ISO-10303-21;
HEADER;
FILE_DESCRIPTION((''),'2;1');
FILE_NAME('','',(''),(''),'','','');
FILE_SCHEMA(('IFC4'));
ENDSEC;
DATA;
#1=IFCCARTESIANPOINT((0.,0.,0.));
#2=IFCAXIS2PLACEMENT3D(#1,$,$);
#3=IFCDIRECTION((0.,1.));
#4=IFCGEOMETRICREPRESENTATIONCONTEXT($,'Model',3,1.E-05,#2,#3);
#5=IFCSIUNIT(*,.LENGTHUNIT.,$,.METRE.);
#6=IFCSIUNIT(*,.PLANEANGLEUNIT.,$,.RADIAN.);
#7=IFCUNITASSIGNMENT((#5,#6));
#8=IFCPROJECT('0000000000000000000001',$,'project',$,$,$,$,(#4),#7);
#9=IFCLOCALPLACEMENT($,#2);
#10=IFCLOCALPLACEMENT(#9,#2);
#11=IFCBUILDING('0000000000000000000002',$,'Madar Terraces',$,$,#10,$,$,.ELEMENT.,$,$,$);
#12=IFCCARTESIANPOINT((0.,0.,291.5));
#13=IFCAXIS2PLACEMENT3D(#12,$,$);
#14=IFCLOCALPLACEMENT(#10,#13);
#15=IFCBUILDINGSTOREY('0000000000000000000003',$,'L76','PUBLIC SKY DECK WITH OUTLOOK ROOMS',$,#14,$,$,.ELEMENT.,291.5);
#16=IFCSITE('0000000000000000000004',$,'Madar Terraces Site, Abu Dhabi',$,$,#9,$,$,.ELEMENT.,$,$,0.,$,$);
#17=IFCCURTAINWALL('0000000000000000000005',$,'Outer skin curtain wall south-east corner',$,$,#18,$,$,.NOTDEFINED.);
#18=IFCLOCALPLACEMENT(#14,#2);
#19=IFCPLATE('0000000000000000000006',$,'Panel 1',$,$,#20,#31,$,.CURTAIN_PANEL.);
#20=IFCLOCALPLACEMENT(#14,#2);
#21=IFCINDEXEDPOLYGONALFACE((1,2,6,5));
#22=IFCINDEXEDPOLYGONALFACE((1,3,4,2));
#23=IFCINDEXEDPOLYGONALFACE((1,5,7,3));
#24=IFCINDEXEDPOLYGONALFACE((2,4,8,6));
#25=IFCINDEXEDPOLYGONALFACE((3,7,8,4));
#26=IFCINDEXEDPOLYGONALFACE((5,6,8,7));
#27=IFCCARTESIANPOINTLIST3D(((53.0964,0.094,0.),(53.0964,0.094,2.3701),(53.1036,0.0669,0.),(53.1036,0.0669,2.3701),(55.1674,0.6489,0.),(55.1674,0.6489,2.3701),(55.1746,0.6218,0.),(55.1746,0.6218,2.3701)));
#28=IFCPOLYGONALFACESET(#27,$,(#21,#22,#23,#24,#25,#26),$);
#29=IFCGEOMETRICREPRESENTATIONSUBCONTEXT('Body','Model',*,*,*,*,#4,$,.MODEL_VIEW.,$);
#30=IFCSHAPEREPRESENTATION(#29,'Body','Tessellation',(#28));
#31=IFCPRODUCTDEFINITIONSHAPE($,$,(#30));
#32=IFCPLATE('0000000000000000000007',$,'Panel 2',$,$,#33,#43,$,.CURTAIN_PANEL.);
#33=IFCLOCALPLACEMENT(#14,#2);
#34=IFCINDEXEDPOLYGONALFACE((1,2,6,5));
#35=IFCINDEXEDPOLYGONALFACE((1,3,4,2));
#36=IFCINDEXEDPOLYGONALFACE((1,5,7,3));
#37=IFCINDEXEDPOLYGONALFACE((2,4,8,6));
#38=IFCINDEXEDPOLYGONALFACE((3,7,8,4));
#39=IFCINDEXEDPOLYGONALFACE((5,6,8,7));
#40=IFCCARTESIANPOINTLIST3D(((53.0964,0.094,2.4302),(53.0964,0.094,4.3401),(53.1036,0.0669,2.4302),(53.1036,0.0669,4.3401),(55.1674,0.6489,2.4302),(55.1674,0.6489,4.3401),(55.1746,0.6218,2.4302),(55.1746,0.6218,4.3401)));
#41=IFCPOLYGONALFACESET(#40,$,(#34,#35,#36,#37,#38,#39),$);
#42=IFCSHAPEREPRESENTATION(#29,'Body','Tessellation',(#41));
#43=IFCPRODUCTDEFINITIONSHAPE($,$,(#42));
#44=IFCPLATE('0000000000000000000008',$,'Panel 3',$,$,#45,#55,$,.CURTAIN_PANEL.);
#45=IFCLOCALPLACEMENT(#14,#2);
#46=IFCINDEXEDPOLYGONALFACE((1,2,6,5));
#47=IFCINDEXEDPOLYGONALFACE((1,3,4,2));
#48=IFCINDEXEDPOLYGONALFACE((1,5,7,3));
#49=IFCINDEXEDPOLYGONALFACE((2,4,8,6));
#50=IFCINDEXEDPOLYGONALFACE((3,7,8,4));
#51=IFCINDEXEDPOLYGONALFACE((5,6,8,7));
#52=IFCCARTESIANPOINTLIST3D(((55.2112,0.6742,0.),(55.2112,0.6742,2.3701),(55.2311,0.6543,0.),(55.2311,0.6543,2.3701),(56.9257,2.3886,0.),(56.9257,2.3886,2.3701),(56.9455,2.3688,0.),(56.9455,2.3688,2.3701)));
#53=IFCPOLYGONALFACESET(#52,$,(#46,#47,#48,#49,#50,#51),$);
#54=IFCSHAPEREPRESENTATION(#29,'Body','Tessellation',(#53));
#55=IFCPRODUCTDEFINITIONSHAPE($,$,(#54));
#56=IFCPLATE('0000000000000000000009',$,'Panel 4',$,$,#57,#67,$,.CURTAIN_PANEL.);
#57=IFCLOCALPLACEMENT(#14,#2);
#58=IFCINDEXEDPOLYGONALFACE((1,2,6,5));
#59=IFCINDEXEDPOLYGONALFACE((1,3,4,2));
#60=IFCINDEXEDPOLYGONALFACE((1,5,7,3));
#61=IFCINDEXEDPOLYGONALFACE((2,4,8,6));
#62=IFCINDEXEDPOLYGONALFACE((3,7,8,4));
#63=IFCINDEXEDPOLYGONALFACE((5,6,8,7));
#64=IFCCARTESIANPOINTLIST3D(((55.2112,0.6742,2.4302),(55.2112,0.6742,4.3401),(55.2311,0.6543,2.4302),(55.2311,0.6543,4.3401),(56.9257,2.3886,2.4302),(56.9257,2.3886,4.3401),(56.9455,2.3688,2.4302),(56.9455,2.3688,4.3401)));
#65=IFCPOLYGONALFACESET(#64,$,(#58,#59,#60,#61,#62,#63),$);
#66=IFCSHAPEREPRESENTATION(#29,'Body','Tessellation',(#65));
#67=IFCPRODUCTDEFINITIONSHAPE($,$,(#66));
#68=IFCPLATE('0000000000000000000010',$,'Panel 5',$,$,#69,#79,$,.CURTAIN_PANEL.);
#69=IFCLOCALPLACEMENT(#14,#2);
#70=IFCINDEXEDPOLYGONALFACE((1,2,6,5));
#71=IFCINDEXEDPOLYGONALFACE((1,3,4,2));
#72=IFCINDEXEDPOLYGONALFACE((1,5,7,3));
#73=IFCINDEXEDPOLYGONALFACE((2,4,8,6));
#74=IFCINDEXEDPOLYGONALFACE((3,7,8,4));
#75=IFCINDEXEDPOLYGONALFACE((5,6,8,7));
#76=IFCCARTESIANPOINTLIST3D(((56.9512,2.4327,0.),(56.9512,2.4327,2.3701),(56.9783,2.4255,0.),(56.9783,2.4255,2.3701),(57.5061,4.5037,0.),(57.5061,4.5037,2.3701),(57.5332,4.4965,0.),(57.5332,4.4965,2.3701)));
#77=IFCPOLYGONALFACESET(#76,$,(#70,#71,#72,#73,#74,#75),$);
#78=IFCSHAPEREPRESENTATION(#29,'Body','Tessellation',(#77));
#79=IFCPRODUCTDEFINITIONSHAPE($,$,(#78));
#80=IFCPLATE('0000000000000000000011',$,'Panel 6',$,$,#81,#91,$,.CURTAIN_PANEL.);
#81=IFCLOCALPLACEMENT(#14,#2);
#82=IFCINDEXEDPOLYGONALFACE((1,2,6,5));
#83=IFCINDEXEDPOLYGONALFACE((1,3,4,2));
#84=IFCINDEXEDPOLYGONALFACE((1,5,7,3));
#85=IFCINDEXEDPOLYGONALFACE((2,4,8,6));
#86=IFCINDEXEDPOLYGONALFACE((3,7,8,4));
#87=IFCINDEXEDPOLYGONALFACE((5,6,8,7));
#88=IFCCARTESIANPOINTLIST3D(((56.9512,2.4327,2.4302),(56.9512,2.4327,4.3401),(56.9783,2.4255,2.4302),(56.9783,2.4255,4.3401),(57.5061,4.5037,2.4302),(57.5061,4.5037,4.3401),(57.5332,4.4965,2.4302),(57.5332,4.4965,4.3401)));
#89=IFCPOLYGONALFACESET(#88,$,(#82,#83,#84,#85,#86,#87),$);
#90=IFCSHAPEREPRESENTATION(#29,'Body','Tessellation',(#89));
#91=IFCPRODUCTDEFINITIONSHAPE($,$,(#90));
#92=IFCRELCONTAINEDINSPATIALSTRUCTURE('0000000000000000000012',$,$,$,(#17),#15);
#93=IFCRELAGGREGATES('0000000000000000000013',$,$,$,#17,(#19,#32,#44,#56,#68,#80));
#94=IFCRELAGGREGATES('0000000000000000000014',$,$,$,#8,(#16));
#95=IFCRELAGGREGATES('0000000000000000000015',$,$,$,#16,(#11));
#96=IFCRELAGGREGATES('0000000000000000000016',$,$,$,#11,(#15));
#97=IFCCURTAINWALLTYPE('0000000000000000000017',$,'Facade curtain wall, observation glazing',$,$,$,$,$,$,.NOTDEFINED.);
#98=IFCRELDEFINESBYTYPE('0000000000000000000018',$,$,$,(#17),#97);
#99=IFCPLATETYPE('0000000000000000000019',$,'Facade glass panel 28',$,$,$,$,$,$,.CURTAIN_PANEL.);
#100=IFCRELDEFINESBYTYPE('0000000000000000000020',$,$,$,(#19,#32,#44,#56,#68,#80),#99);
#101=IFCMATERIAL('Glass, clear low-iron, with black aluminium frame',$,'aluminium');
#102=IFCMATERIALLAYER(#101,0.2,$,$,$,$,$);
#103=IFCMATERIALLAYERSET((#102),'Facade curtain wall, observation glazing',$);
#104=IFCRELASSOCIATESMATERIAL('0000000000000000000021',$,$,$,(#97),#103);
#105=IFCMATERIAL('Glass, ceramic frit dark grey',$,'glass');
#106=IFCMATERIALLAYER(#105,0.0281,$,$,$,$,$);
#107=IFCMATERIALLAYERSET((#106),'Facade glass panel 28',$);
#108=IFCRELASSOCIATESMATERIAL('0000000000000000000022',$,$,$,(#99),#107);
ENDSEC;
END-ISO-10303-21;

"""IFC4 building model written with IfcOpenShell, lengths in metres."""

from ifc_helpers import new_model, si_unit, direction, frame, origin, origin_2d, place, context, subcontext, project, spatial, rectangle, extrude, material, layer, layer_set, type_object, element, aggregate, save


model = new_model("IFC4")

# Units and contexts
model_context = context("Model", 3, precision=1e-05, world=origin(), true_north=direction((0.0, 1.0)))
body_context = subcontext(model_context, "Body", "Model", "MODEL_VIEW")
ifc_project = project(units=[si_unit("LENGTHUNIT", "METRE"), si_unit("PLANEANGLEUNIT", "RADIAN")], contexts=[model_context])

# Site, building, storey
site_placement = place(None, origin())
site = spatial("IfcSite", under=ifc_project, at=site_placement, Name="Madar Terraces Site, Abu Dhabi", CompositionType="ELEMENT", RefElevation=0.0)
building_placement = place(site_placement, origin())
building = spatial("IfcBuilding", under=site, at=building_placement, Name="Madar Terraces", CompositionType="ELEMENT")
storey_placement = place(building_placement, frame((0.0, 0.0, 291.5)))
storey = spatial("IfcBuildingStorey", under=building, at=storey_placement, Name="L76", Description="PUBLIC SKY DECK WITH OUTLOOK ROOMS", CompositionType="ELEMENT", Elevation=291.5)

# Curtain wall
ifc_material_1 = material(Name="Glass, clear low-iron, with black aluminium frame", Category="aluminium")
ifc_layer_1 = layer(ifc_material_1, 0.2)
ifc_layer_set_1 = layer_set([ifc_layer_1], Name="Facade curtain wall, observation glazing")
curtain_wall_type = type_object("IfcCurtainWallType", Name="Facade curtain wall, observation glazing", PredefinedType="NOTDEFINED", material=ifc_layer_set_1)
curtain_wall_1_placement = place(storey_placement, origin())
curtain_wall_1 = element("IfcCurtainWall", 1, at=curtain_wall_1_placement, inside=storey, type_object=curtain_wall_type, Name="Outer skin curtain wall south-east corner", PredefinedType="NOTDEFINED")

# Plates
ifc_material_2 = material(Name="Glass, ceramic frit dark grey", Category="glass")
ifc_layer_2 = layer(ifc_material_2, 0.0281)
ifc_layer_set_2 = layer_set([ifc_layer_2], Name="Facade glass panel 28")
plate_type = type_object("IfcPlateType", Name="Facade glass panel 28", PredefinedType="CURTAIN_PANEL", material=ifc_layer_set_2)
plate_1_placement = place(storey_placement, frame((54.1355, 0.3579, 0.0), z_axis=(0.0, 0.0, 1.0), x_axis=(0.965926, 0.258819, 0.0)))
plate_1 = element("IfcPlate", 2, at=plate_1_placement, type_object=plate_type, Name="Panel 1", PredefinedType="CURTAIN_PANEL", context=body_context, shape_type="SweptSolid", body=[
    extrude(rectangle(XDim=2.144, YDim=0.0281, at=origin_2d()), origin(), (0.0, 0.0, 1.0), 2.3701),
])
plate_2_placement = place(storey_placement, frame((54.1355, 0.3579, 2.4302), z_axis=(0.0, 0.0, 1.0), x_axis=(0.965926, 0.258819, 0.0)))
plate_2 = element("IfcPlate", 3, at=plate_2_placement, type_object=plate_type, Name="Panel 2", PredefinedType="CURTAIN_PANEL", context=body_context, shape_type="SweptSolid", body=[
    extrude(rectangle(XDim=2.144, YDim=0.0281, at=origin_2d()), origin(), (0.0, 0.0, 1.0), 1.9099),
])
plate_3_placement = place(storey_placement, frame((56.0784, 1.5215, 0.0), z_axis=(0.0, 0.0, 1.0), x_axis=(0.707107, 0.707107, 0.0)))
plate_3 = element("IfcPlate", 4, at=plate_3_placement, type_object=plate_type, Name="Panel 3", PredefinedType="CURTAIN_PANEL", context=body_context, shape_type="SweptSolid", body=[
    extrude(rectangle(XDim=2.4246, YDim=0.0281, at=origin_2d()), origin(), (0.0, 0.0, 1.0), 2.3701),
])
plate_4_placement = place(storey_placement, frame((56.0784, 1.5215, 2.4302), z_axis=(0.0, 0.0, 1.0), x_axis=(0.707107, 0.707107, 0.0)))
plate_4 = element("IfcPlate", 5, at=plate_4_placement, type_object=plate_type, Name="Panel 4", PredefinedType="CURTAIN_PANEL", context=body_context, shape_type="SweptSolid", body=[
    extrude(rectangle(XDim=2.4246, YDim=0.0281, at=origin_2d()), origin(), (0.0, 0.0, 1.0), 1.9099),
])
plate_5_placement = place(storey_placement, frame((57.2422, 3.4646, 0.0), z_axis=(0.0, 0.0, 1.0), x_axis=(0.258819, 0.965926, 0.0)))
plate_5 = element("IfcPlate", 6, at=plate_5_placement, type_object=plate_type, Name="Panel 5", PredefinedType="CURTAIN_PANEL", context=body_context, shape_type="SweptSolid", body=[
    extrude(rectangle(XDim=2.144, YDim=0.0281, at=origin_2d()), origin(), (0.0, 0.0, 1.0), 2.3701),
])
plate_6_placement = place(storey_placement, frame((57.2422, 3.4646, 2.4302), z_axis=(0.0, 0.0, 1.0), x_axis=(0.258819, 0.965926, 0.0)))
plate_6 = element("IfcPlate", 7, at=plate_6_placement, type_object=plate_type, Name="Panel 6", PredefinedType="CURTAIN_PANEL", context=body_context, shape_type="SweptSolid", body=[
    extrude(rectangle(XDim=2.144, YDim=0.0281, at=origin_2d()), origin(), (0.0, 0.0, 1.0), 1.9099),
])
aggregate(curtain_wall_1, [plate_1, plate_2, plate_3, plate_4, plate_5, plate_6])

save(model, "model.ifc")
